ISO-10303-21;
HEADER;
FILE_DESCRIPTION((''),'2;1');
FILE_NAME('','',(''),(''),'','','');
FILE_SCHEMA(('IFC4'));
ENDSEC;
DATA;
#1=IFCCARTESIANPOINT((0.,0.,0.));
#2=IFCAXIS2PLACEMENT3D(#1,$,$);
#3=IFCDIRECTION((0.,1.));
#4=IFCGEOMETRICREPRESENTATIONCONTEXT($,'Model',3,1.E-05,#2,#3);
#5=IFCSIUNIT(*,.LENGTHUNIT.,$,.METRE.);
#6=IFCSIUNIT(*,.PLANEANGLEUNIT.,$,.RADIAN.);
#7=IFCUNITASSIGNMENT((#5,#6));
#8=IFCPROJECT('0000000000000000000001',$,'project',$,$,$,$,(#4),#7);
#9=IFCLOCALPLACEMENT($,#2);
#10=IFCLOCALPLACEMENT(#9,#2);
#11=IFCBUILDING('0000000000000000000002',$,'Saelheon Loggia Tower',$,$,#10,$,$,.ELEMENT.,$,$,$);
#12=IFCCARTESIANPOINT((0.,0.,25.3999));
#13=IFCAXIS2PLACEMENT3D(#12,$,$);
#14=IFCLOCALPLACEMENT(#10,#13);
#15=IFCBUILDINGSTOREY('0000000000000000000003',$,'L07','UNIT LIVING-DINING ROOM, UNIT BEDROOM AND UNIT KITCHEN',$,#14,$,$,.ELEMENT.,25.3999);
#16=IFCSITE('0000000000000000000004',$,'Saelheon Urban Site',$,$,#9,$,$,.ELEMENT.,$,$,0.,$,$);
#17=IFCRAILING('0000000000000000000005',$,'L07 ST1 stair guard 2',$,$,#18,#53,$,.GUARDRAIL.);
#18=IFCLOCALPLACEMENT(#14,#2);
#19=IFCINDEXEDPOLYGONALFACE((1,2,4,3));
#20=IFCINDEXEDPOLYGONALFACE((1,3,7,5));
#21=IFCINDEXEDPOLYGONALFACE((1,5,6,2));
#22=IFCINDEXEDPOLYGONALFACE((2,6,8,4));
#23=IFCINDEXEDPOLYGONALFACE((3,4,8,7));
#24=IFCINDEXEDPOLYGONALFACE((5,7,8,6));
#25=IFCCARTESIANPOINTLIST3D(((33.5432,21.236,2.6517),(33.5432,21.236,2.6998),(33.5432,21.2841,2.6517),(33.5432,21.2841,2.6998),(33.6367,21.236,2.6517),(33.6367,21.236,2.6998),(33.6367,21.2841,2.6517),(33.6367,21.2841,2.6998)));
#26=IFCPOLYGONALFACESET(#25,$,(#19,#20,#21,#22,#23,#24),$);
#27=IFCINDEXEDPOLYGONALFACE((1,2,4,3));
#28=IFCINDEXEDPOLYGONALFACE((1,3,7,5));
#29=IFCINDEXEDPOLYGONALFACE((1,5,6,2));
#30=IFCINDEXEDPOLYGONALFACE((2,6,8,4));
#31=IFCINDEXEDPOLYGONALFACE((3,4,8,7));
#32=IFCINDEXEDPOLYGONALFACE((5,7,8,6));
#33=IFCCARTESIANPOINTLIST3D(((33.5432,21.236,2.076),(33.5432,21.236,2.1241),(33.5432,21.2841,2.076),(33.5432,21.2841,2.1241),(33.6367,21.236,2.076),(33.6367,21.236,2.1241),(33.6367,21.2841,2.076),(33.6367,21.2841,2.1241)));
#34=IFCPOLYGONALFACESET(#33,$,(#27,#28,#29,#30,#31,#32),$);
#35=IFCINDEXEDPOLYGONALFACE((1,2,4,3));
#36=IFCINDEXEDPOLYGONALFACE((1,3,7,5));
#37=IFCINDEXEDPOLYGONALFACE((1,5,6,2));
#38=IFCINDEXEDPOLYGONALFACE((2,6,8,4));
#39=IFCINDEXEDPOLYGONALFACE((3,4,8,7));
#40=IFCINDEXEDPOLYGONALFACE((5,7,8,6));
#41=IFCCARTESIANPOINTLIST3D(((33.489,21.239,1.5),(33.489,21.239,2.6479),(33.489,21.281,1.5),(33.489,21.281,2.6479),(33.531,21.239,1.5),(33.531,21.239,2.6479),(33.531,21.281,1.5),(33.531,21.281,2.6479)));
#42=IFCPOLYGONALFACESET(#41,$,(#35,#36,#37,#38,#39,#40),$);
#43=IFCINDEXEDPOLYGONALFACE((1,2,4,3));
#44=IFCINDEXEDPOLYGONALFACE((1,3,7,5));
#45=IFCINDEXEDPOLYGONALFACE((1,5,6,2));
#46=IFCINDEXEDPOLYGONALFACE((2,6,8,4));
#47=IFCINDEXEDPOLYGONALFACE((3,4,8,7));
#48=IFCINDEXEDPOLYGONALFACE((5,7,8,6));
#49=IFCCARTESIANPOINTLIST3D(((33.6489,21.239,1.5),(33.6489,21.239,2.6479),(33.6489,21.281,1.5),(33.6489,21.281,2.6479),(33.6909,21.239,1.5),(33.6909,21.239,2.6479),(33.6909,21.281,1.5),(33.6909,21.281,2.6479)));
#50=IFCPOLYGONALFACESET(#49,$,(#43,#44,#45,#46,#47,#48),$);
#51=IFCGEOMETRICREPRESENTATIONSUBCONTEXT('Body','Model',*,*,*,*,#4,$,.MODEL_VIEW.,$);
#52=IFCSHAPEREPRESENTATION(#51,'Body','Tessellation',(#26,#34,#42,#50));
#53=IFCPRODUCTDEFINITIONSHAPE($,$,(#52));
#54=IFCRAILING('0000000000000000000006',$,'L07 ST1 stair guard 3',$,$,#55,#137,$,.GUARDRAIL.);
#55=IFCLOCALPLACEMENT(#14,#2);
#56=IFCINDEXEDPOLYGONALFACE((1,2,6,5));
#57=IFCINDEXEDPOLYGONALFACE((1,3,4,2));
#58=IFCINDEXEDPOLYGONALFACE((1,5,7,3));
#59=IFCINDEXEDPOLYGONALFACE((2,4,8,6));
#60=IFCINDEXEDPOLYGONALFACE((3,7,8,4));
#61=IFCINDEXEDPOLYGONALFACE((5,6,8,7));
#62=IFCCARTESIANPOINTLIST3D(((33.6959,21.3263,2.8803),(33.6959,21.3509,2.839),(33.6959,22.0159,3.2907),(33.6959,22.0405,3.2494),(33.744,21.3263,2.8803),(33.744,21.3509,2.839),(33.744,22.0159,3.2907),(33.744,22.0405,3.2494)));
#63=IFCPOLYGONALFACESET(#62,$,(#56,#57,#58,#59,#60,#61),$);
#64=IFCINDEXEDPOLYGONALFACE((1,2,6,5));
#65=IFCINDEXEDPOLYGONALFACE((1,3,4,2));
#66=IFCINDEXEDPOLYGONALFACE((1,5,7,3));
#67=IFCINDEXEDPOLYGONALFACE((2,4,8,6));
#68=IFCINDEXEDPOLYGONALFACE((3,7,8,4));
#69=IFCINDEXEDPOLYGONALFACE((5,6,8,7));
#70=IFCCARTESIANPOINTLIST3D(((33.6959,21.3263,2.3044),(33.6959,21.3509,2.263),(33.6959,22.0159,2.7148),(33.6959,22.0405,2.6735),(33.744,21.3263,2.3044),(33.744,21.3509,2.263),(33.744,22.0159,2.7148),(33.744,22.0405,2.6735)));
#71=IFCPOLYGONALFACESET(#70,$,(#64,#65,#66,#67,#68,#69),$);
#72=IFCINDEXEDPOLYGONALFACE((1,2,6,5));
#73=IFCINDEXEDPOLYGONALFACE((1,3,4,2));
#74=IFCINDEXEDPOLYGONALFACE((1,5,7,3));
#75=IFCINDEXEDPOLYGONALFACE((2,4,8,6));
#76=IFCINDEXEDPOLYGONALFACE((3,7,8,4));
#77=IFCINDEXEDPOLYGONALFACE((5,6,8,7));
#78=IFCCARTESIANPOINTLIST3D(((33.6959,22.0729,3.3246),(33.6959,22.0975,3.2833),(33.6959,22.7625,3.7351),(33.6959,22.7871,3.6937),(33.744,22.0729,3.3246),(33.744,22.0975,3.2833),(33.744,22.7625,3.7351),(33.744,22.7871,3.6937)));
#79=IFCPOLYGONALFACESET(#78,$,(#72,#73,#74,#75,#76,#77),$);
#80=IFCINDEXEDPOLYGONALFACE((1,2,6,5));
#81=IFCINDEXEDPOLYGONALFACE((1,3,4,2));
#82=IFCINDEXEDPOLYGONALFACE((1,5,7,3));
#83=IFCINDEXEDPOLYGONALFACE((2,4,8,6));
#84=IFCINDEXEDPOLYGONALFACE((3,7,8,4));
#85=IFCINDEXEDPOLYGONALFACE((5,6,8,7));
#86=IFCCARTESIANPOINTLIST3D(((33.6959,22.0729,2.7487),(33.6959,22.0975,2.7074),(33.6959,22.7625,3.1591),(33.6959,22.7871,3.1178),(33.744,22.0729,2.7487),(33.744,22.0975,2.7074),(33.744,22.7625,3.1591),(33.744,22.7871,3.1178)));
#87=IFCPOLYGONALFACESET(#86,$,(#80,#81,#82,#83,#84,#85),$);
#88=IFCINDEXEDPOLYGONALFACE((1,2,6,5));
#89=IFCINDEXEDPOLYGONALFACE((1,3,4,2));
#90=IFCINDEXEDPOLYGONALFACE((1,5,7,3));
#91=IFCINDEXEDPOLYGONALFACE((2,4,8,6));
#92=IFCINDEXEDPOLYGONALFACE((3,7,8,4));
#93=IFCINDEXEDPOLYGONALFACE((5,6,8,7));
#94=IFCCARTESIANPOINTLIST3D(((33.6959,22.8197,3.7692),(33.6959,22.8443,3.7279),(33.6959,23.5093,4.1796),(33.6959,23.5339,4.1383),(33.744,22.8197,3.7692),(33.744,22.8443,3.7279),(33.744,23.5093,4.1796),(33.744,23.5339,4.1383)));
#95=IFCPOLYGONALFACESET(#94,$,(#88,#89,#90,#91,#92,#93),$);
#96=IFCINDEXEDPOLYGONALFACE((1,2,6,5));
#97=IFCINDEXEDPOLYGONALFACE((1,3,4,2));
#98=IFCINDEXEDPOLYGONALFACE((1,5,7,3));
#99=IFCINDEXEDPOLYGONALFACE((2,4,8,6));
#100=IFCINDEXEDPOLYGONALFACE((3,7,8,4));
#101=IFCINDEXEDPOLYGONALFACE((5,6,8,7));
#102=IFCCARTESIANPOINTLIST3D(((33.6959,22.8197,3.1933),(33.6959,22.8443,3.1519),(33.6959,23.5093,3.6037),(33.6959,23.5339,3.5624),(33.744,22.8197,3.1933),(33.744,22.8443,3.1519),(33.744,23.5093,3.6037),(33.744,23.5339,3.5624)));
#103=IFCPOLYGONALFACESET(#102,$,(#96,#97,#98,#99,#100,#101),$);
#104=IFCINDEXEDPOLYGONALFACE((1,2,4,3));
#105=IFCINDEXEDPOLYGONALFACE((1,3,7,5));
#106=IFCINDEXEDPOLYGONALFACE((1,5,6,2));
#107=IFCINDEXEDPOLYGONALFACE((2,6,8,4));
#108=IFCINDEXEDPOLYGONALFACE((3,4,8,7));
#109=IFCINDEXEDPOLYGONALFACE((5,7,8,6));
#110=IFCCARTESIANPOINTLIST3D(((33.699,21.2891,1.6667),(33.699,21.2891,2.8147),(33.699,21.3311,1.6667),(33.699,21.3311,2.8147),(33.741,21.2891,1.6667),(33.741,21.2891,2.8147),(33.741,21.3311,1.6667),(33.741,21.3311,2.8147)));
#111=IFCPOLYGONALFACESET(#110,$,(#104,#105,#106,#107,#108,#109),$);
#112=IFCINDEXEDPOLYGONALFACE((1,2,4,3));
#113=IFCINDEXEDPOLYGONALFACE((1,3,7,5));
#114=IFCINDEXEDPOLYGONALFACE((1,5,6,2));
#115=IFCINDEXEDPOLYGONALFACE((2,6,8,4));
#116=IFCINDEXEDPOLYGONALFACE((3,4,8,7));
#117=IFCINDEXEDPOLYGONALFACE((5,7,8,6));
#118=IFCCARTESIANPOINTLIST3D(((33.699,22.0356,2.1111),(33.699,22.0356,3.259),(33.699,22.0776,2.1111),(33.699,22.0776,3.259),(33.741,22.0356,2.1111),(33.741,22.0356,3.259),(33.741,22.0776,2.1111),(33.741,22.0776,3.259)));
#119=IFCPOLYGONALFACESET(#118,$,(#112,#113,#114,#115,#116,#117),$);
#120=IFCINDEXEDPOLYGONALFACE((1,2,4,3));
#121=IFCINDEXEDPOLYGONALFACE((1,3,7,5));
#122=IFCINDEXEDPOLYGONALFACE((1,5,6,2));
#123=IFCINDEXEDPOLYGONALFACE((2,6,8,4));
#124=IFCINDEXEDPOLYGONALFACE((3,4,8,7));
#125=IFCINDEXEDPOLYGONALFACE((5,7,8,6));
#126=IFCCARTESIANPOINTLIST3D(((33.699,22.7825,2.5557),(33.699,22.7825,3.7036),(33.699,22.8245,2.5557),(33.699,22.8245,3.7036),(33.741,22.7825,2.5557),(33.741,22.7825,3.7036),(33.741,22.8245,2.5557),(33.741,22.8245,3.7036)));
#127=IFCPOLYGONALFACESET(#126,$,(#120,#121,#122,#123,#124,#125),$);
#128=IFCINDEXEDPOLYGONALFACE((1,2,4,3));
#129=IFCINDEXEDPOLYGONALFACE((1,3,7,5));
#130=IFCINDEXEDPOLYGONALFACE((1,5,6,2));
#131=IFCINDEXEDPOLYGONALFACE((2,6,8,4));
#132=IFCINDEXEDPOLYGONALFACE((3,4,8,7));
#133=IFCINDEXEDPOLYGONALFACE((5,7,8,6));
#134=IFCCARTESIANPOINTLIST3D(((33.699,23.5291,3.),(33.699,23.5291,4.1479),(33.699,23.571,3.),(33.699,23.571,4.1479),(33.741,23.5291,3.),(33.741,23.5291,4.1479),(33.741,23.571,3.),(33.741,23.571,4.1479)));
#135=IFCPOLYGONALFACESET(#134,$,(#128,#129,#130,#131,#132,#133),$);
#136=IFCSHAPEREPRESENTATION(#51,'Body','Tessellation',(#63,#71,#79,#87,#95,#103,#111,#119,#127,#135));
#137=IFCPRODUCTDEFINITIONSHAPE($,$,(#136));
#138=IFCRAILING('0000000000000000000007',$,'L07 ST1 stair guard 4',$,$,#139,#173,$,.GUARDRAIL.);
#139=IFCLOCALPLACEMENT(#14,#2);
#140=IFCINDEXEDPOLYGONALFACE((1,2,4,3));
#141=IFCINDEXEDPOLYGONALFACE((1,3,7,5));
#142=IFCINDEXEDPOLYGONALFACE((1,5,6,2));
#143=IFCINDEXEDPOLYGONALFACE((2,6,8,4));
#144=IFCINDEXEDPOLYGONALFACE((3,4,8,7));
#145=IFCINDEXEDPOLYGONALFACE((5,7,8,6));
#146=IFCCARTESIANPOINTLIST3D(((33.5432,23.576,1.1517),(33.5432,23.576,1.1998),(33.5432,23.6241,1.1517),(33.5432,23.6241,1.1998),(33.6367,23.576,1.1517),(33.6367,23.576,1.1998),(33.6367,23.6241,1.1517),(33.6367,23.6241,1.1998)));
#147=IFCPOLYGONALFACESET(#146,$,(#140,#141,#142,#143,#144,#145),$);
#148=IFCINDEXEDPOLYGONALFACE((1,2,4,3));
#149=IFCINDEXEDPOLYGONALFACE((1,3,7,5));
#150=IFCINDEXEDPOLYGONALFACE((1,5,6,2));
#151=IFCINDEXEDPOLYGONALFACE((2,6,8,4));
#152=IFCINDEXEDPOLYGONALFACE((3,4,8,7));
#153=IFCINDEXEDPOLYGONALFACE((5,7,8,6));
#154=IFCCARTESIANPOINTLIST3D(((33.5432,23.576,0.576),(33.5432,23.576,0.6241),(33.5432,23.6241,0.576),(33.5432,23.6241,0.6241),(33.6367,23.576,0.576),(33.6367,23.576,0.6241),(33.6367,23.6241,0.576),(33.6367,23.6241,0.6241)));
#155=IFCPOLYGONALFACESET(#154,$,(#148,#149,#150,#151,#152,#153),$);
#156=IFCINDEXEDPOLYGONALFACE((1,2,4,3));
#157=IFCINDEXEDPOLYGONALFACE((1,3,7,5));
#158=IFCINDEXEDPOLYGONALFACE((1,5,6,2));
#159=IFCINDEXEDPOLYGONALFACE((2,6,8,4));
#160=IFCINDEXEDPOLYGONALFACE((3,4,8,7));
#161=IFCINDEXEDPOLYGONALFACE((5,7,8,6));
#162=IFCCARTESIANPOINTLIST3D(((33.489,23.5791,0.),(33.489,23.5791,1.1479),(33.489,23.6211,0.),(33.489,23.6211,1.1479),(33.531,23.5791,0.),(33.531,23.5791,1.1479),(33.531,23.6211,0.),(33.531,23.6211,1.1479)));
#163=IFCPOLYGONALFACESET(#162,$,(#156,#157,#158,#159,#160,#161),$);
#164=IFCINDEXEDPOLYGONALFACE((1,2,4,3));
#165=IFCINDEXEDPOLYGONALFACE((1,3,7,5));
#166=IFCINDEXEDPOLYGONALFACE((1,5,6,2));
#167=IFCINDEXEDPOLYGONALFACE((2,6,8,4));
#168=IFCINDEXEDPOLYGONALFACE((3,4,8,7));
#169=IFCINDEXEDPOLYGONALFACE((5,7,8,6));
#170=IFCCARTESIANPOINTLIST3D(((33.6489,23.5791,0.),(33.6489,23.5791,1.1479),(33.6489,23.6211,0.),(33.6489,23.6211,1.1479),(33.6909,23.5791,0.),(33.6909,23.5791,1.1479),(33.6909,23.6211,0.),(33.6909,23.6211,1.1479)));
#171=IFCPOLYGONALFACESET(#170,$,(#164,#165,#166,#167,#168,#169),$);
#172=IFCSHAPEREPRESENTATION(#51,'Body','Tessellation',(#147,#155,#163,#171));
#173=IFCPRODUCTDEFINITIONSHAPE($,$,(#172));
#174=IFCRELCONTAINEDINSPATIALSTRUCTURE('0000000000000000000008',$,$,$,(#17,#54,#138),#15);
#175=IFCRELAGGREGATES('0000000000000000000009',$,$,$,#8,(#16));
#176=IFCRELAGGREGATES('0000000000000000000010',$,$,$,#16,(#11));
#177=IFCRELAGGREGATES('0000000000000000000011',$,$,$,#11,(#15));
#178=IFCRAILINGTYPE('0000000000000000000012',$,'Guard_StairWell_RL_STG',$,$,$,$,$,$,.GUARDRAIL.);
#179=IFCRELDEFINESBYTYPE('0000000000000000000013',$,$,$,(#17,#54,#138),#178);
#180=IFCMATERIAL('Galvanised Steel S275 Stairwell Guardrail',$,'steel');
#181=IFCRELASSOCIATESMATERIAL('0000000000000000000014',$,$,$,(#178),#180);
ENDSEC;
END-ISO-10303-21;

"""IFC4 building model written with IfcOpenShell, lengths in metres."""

from ifc_helpers import new_model, si_unit, direction, frame, origin, origin_2d, place, context, subcontext, project, spatial, rectangle, extrude, material, type_object, element, save


model = new_model("IFC4")

# Units and contexts
model_context = context("Model", 3, precision=1e-05, world=origin(), true_north=direction((0.0, 1.0)))
body_context = subcontext(model_context, "Body", "Model", "MODEL_VIEW")
ifc_project = project(units=[si_unit("LENGTHUNIT", "METRE"), si_unit("PLANEANGLEUNIT", "RADIAN")], contexts=[model_context])

# Site, building, storey
site_placement = place(None, origin())
site = spatial("IfcSite", under=ifc_project, at=site_placement, Name="Saelheon Urban Site", CompositionType="ELEMENT", RefElevation=0.0)
building_placement = place(site_placement, origin())
building = spatial("IfcBuilding", under=site, at=building_placement, Name="Saelheon Loggia Tower", CompositionType="ELEMENT")
storey_placement = place(building_placement, frame((0.0, 0.0, 25.3999)))
storey = spatial("IfcBuildingStorey", under=building, at=storey_placement, Name="L07", Description="UNIT LIVING-DINING ROOM, UNIT BEDROOM AND UNIT KITCHEN", CompositionType="ELEMENT", Elevation=25.3999)

# Railings
ifc_material_1 = material(Name="Galvanised Steel S275 Stairwell Guardrail", Category="steel")
railing_type_1 = type_object("IfcRailingType", Name="Guard_StairWell_RL_STG", PredefinedType="GUARDRAIL", material=ifc_material_1)
railing_1_placement = place(storey_placement, frame((33.51, 21.26, 1.5)))
element("IfcRailing", 1, at=railing_1_placement, inside=storey, type_object=railing_type_1, Name="L07 ST1 stair guard 2", PredefinedType="GUARDRAIL", context=body_context, shape_type="SweptSolid", body=[
    extrude(rectangle(XDim=0.0481, YDim=0.0481, at=origin_2d()), frame((0.0332, 0.0, 1.1758), z_axis=(1.0, 0.0, 0.0), x_axis=(0.0, 1.0, 0.0)), (0.0, 0.0, 1.0), 0.0935),
    extrude(rectangle(XDim=0.0481, YDim=0.0481, at=origin_2d()), frame((0.0332, 0.0, 0.6001), z_axis=(1.0, 0.0, 0.0), x_axis=(0.0, 1.0, 0.0)), (0.0, 0.0, 1.0), 0.0935),
    extrude(rectangle(XDim=0.042, YDim=0.042, at=origin_2d()), origin(), (0.0, 0.0, 1.0), 1.1479),
    extrude(rectangle(XDim=0.042, YDim=0.042, at=origin_2d()), frame((0.1599, 0.0, 0.0)), (0.0, 0.0, 1.0), 1.1479),
])
railing_2_placement = place(storey_placement, frame((33.72, 21.3101, 1.6667)))
element("IfcRailing", 2, at=railing_2_placement, inside=storey, type_object=railing_type_1, Name="L07 ST1 stair guard 3", PredefinedType="GUARDRAIL", context=body_context, shape_type="SweptSolid", body=[
    extrude(rectangle(XDim=0.0481, YDim=0.0481, at=origin_2d()), frame((0.0, 0.0286, 1.1929), z_axis=(0.0, 0.859306, 0.511462), x_axis=(-1.0, 0.0, 0.0)), (0.0, 0.0, 1.0), 0.8025),
    extrude(rectangle(XDim=0.0481, YDim=0.0481, at=origin_2d()), frame((0.0, 0.0286, 0.6169), z_axis=(0.0, 0.859306, 0.511462), x_axis=(-1.0, 0.0, 0.0)), (0.0, 0.0, 1.0), 0.8025),
    extrude(rectangle(XDim=0.0481, YDim=0.0481, at=origin_2d()), frame((0.0, 0.7751, 1.6372), z_axis=(0.0, 0.859306, 0.511462), x_axis=(-1.0, 0.0, 0.0)), (0.0, 0.0, 1.0), 0.8025),
    extrude(rectangle(XDim=0.0481, YDim=0.0481, at=origin_2d()), frame((0.0, 0.7751, 1.0613), z_axis=(0.0, 0.859306, 0.511462), x_axis=(-1.0, 0.0, 0.0)), (0.0, 0.0, 1.0), 0.8025),
    extrude(rectangle(XDim=0.0481, YDim=0.0481, at=origin_2d()), frame((0.0, 1.522, 2.0818), z_axis=(0.0, 0.859306, 0.511462), x_axis=(-1.0, 0.0, 0.0)), (0.0, 0.0, 1.0), 0.8025),
    extrude(rectangle(XDim=0.0481, YDim=0.0481, at=origin_2d()), frame((0.0, 1.522, 1.5059), z_axis=(0.0, 0.859306, 0.511462), x_axis=(-1.0, 0.0, 0.0)), (0.0, 0.0, 1.0), 0.8025),
    extrude(rectangle(XDim=0.042, YDim=0.042, at=origin_2d()), origin(), (0.0, 0.0, 1.0), 1.1479),
    extrude(rectangle(XDim=0.042, YDim=0.042, at=origin_2d()), frame((0.0, 0.7466, 0.4443)), (0.0, 0.0, 1.0), 1.1479),
    extrude(rectangle(XDim=0.042, YDim=0.042, at=origin_2d()), frame((0.0, 1.4934, 0.8889)), (0.0, 0.0, 1.0), 1.1479),
    extrude(rectangle(XDim=0.042, YDim=0.042, at=origin_2d()), frame((0.0, 2.24, 1.3333)), (0.0, 0.0, 1.0), 1.1479),
])
railing_3_placement = place(storey_placement, frame((33.51, 23.6001, 0.0)))
element("IfcRailing", 3, at=railing_3_placement, inside=storey, type_object=railing_type_1, Name="L07 ST1 stair guard 4", PredefinedType="GUARDRAIL", context=body_context, shape_type="SweptSolid", body=[
    extrude(rectangle(XDim=0.0481, YDim=0.0481, at=origin_2d()), frame((0.0332, 0.0, 1.1758), z_axis=(1.0, 0.0, 0.0), x_axis=(0.0, 1.0, 0.0)), (0.0, 0.0, 1.0), 0.0935),
    extrude(rectangle(XDim=0.0481, YDim=0.0481, at=origin_2d()), frame((0.0332, 0.0, 0.6001), z_axis=(1.0, 0.0, 0.0), x_axis=(0.0, 1.0, 0.0)), (0.0, 0.0, 1.0), 0.0935),
    extrude(rectangle(XDim=0.042, YDim=0.042, at=origin_2d()), origin(), (0.0, 0.0, 1.0), 1.1479),
    extrude(rectangle(XDim=0.042, YDim=0.042, at=origin_2d()), frame((0.1599, 0.0, 0.0)), (0.0, 0.0, 1.0), 1.1479),
])

save(model, "model.ifc")
